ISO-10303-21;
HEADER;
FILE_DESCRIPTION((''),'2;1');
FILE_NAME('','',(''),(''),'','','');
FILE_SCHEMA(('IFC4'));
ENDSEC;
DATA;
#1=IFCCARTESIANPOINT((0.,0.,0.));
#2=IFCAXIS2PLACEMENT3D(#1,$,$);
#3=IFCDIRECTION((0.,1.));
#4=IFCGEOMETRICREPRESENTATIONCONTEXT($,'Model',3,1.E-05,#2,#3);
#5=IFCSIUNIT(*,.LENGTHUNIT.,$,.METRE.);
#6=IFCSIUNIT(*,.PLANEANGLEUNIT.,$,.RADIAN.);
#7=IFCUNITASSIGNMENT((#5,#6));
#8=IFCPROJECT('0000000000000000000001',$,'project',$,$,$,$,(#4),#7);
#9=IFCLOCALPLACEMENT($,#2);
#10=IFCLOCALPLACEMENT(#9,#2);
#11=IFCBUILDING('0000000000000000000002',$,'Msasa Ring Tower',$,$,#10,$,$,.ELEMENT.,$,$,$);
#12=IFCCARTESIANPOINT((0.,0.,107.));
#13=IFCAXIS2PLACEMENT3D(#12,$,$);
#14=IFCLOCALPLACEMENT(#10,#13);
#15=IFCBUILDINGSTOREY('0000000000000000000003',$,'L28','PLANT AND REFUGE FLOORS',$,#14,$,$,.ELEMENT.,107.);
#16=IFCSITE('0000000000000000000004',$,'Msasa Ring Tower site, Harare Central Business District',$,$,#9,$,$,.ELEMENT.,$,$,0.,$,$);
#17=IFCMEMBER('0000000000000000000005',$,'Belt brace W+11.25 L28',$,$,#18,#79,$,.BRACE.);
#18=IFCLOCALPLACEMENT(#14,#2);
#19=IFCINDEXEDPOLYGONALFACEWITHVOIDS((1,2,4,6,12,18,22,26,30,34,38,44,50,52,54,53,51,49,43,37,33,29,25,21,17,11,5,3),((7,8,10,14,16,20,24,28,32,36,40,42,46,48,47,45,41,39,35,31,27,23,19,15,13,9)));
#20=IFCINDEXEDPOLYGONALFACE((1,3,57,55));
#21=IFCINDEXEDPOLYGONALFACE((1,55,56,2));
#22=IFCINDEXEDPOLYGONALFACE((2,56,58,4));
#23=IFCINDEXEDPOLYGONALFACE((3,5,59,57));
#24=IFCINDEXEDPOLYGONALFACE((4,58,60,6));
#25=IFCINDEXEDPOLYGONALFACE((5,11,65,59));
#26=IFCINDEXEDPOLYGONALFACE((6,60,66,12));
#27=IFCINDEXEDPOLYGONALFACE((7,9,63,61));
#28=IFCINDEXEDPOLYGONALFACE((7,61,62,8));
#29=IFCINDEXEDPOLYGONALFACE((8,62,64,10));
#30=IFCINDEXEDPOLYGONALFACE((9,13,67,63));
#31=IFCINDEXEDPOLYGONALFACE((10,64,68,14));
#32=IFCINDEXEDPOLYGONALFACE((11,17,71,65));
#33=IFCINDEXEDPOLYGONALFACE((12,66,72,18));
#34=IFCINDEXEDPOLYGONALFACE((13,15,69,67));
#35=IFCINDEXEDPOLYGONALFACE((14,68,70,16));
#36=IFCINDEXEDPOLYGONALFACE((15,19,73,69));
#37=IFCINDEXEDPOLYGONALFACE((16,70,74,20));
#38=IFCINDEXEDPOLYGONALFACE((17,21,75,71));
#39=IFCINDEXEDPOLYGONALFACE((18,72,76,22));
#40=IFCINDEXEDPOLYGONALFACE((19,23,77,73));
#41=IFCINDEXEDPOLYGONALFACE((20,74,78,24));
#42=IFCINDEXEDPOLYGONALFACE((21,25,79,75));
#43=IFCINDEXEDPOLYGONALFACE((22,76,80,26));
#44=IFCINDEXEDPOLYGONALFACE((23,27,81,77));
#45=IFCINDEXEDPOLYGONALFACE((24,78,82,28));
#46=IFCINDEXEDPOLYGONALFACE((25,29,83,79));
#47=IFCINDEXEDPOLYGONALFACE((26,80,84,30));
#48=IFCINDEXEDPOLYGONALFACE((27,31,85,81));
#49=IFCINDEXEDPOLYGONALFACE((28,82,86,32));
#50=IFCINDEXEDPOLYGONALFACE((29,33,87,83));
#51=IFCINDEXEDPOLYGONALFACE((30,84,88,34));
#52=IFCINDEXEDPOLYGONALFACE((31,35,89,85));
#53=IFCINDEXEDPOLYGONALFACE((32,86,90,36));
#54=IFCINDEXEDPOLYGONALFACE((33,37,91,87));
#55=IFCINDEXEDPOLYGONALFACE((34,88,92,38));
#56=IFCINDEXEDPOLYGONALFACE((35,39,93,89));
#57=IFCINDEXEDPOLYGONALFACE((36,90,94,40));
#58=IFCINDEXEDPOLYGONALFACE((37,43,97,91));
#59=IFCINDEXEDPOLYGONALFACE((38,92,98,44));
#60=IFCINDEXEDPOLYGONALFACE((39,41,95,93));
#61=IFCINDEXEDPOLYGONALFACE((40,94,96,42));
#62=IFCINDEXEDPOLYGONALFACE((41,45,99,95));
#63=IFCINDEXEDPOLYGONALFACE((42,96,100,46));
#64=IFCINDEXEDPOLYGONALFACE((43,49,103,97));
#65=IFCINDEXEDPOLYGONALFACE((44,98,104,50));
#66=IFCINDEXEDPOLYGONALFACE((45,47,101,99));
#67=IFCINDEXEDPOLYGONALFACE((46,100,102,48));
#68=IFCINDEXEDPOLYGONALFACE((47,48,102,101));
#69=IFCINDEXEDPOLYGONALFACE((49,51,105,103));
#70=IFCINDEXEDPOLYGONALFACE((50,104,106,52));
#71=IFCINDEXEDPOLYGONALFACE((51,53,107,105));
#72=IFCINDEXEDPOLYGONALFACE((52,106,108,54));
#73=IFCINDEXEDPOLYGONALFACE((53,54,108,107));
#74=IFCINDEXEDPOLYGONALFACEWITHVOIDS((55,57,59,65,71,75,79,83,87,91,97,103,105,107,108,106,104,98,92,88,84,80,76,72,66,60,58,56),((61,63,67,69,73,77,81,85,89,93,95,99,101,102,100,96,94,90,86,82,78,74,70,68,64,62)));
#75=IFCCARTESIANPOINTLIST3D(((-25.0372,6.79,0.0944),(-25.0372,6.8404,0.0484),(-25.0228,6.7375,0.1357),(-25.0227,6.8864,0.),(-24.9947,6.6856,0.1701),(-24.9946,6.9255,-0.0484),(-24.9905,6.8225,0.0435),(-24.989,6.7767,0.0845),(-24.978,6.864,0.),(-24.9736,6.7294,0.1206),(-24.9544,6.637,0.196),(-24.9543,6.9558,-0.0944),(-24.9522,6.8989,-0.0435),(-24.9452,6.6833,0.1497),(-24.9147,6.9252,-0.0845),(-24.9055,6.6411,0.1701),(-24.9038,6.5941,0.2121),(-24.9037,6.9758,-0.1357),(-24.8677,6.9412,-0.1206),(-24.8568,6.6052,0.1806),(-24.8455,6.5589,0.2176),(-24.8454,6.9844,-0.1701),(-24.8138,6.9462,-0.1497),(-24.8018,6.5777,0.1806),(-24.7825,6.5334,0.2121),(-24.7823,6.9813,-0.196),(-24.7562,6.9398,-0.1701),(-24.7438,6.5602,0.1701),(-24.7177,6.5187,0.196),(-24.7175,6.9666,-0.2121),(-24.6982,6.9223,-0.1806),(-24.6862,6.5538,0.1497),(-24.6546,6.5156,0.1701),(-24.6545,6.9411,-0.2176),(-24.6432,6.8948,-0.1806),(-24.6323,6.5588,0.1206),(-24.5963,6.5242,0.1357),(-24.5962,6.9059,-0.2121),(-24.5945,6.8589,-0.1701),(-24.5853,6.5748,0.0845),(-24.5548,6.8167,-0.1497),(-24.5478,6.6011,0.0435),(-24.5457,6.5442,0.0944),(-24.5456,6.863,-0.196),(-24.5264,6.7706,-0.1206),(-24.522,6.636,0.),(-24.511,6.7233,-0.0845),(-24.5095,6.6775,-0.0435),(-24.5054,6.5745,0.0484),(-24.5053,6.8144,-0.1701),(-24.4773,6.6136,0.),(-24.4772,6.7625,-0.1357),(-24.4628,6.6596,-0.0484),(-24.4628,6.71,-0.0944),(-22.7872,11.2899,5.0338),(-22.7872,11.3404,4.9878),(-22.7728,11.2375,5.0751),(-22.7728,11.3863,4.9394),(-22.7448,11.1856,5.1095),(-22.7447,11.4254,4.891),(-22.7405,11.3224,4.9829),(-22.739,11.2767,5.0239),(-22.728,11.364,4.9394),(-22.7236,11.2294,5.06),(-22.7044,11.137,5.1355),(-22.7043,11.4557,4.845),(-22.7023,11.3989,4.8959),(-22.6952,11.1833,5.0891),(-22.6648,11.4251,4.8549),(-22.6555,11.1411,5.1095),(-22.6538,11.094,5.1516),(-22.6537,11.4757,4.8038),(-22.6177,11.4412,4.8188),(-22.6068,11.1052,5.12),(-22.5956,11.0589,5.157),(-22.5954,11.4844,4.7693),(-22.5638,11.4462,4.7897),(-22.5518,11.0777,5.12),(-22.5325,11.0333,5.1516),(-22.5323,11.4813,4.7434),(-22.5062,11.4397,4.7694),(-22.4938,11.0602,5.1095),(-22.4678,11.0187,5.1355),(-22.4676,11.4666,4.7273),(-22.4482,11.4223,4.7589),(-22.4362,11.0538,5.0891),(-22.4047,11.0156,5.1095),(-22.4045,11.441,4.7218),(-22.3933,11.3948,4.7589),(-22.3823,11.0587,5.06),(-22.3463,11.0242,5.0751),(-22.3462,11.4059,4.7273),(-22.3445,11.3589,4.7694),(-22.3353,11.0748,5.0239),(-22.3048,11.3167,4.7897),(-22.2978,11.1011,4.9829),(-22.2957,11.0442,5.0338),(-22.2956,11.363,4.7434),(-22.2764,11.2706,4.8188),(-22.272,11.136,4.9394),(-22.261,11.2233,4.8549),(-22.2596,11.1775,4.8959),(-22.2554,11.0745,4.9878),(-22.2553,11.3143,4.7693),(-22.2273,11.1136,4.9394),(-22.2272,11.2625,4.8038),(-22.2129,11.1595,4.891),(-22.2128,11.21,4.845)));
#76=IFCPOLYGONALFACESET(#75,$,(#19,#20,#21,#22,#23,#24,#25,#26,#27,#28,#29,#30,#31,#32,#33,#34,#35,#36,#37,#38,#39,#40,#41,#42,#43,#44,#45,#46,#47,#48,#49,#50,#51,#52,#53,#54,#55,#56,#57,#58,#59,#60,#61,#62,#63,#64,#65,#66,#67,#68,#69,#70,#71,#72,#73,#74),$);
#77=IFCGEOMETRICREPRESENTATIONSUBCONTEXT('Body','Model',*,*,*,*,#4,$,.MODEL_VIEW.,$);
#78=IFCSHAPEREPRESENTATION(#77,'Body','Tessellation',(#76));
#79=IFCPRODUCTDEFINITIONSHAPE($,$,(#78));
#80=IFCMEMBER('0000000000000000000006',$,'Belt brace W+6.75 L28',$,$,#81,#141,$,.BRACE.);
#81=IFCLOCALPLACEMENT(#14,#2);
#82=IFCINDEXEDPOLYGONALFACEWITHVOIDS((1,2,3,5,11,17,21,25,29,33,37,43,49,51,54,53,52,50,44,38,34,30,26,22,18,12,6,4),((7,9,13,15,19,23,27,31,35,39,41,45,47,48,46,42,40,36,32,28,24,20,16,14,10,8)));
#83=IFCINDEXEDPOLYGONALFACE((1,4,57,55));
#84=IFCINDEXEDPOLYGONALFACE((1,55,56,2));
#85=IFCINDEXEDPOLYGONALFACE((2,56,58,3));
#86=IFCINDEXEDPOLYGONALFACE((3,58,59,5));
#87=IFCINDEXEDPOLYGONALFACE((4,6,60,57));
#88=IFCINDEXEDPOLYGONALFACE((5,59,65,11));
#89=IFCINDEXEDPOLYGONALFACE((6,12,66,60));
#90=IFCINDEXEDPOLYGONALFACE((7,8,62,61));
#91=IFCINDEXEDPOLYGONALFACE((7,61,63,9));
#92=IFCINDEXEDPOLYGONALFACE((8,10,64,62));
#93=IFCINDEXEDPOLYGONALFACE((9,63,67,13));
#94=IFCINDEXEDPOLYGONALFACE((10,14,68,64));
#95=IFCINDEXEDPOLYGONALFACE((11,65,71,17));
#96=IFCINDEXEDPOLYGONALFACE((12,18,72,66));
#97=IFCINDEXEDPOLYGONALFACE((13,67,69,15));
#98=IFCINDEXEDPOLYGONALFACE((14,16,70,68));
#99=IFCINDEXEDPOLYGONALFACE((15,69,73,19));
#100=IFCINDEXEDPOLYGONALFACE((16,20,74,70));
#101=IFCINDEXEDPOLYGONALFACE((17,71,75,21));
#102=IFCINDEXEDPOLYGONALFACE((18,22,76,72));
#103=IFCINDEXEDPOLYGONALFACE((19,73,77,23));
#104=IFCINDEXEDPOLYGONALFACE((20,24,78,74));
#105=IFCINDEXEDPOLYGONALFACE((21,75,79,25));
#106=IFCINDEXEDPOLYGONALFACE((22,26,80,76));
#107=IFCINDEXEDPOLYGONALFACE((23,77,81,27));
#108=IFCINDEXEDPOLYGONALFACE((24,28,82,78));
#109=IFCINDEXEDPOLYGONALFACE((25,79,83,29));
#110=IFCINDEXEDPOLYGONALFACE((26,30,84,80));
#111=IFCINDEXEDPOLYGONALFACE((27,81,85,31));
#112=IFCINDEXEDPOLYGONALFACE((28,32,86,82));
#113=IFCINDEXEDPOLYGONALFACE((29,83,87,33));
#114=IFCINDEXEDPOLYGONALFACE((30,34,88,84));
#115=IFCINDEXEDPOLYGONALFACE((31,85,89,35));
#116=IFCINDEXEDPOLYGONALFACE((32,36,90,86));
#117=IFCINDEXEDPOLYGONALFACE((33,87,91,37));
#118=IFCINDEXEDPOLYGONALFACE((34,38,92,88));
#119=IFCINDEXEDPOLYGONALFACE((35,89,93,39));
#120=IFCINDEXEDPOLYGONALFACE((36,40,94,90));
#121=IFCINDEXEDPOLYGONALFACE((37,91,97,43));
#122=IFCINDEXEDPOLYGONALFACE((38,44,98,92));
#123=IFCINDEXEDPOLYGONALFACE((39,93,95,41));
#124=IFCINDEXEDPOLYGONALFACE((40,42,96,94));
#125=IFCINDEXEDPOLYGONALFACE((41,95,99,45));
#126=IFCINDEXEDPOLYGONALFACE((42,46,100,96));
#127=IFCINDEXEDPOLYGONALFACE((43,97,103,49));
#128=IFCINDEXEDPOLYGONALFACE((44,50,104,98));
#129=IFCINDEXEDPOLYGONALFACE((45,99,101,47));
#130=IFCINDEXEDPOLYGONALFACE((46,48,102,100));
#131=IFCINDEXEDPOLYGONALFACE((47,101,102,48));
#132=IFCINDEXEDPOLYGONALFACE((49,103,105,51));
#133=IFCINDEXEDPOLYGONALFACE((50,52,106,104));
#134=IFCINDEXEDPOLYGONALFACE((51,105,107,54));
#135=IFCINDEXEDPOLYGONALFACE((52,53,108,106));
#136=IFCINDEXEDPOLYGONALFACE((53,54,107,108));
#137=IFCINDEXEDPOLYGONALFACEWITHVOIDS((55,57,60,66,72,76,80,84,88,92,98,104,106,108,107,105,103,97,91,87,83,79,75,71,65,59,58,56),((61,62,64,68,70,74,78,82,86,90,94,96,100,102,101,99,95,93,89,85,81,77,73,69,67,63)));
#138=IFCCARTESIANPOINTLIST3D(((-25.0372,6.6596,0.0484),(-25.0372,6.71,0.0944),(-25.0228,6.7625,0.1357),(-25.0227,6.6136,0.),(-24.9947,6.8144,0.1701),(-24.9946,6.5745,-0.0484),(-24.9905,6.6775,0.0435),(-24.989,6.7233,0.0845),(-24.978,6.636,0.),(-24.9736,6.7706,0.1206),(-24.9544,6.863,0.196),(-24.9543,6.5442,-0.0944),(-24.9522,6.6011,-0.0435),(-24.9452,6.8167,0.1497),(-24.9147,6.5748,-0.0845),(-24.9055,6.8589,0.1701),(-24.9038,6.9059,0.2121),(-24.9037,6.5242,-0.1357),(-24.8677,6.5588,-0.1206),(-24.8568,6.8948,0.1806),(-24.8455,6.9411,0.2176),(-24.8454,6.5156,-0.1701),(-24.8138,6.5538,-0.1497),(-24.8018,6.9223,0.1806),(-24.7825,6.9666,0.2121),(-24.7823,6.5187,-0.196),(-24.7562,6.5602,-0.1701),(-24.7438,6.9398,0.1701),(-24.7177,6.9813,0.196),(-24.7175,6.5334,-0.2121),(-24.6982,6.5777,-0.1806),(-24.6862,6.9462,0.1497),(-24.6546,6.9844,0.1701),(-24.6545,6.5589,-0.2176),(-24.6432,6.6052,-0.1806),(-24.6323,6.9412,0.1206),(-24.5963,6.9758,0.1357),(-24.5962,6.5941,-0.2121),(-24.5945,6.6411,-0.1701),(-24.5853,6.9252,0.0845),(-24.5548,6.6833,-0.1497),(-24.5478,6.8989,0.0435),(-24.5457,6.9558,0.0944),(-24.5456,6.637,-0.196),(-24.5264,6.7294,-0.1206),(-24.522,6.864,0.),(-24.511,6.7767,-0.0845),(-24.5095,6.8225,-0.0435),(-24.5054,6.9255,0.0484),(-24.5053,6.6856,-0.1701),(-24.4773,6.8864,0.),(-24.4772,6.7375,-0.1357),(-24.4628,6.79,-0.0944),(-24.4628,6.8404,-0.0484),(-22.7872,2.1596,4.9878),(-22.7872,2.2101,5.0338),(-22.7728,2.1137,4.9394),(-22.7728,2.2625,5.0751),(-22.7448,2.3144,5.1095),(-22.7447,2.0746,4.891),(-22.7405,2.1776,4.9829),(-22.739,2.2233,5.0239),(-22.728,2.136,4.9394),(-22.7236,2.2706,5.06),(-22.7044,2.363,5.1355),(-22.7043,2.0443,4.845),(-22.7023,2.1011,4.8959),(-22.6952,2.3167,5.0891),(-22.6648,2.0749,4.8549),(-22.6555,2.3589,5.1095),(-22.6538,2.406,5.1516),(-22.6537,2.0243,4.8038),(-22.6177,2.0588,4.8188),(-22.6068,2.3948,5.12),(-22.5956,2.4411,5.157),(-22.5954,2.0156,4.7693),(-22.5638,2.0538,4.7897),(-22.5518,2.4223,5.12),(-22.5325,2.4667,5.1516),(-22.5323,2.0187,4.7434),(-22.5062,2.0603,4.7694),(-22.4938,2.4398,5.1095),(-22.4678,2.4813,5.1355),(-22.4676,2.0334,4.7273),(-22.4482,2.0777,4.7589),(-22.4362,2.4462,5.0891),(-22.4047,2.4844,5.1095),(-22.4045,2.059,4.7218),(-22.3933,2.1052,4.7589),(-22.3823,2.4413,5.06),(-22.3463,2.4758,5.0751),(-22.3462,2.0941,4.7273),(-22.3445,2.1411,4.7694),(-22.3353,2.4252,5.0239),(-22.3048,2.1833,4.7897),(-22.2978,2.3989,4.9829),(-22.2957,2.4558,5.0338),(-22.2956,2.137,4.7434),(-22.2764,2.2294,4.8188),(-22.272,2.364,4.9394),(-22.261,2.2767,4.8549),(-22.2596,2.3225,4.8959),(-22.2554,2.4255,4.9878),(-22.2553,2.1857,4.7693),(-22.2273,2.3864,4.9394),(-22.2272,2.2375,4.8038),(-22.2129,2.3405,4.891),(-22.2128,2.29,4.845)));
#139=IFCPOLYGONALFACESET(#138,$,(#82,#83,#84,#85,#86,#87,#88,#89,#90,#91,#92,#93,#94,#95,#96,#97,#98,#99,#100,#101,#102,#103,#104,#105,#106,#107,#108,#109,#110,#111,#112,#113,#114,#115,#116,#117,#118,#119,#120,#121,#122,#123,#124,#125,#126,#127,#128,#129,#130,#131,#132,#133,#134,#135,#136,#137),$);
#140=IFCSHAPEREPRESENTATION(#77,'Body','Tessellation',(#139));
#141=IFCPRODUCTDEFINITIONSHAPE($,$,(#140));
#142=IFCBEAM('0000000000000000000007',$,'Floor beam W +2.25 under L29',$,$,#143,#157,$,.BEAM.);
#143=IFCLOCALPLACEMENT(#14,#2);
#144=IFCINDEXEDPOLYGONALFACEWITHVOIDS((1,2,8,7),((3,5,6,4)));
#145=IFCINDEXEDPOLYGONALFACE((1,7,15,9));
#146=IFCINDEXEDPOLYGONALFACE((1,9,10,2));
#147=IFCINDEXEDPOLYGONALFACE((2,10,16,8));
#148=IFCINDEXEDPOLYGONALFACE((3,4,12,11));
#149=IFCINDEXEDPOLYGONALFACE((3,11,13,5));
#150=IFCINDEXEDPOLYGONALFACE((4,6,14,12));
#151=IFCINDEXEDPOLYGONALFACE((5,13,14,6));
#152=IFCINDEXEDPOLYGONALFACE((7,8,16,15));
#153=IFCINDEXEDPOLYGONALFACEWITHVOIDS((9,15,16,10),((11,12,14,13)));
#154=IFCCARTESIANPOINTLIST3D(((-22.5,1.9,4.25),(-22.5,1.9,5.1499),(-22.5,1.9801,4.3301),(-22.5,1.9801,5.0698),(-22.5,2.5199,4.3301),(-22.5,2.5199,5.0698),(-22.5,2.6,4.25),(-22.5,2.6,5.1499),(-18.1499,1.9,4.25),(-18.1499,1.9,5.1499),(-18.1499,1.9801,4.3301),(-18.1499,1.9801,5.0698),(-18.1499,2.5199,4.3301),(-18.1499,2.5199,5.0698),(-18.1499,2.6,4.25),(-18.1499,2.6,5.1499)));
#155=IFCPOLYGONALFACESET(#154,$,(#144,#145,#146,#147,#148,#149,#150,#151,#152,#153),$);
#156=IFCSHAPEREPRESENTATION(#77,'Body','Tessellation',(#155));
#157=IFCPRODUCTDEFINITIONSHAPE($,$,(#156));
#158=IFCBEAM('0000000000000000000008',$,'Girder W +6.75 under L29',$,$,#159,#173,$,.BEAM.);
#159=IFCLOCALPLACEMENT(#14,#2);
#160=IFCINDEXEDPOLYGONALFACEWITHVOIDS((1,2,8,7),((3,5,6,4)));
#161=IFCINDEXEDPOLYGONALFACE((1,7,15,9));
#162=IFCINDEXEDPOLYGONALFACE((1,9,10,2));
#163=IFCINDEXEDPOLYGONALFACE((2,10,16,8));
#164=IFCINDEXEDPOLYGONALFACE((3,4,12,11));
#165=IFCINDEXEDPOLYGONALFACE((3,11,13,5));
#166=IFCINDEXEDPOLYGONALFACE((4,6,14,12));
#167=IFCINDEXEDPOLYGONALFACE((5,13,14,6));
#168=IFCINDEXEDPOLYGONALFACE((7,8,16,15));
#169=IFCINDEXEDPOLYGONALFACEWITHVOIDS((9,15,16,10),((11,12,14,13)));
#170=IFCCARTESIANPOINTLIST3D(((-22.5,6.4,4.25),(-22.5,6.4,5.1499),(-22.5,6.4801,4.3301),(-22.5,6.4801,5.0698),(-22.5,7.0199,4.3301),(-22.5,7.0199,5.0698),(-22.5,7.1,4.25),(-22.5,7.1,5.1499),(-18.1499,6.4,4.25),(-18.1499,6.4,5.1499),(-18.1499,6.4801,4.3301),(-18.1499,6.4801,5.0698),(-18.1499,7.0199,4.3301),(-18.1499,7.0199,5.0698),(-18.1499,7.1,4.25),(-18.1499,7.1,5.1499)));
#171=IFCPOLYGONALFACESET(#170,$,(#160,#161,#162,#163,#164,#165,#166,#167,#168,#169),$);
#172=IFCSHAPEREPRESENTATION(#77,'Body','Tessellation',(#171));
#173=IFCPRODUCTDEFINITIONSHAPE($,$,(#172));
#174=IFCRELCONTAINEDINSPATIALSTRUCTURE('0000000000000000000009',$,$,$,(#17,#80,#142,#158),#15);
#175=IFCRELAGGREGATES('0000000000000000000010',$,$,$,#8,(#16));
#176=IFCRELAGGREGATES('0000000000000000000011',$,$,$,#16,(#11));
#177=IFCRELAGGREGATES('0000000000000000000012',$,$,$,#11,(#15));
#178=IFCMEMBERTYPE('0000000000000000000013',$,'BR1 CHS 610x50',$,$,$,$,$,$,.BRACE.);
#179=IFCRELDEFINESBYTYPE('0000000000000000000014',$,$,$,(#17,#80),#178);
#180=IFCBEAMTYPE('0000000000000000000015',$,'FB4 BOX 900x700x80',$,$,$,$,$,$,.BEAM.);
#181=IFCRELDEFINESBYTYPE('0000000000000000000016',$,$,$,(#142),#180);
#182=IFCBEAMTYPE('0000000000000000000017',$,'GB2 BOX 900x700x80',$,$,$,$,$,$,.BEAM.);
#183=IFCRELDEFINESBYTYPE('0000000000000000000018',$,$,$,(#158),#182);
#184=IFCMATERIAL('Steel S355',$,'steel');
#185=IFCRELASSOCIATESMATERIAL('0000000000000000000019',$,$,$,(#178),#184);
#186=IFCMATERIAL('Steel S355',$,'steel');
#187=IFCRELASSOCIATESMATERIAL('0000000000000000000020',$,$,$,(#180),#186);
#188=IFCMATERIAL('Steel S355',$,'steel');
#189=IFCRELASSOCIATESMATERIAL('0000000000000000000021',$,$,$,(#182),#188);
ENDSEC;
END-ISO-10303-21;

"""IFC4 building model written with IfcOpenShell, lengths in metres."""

from ifc_helpers import new_model, si_unit, direction, frame, origin, origin_2d, place, context, subcontext, project, spatial, hollow_rectangle, hollow_circle, extrude, material, material_profile, profile_set, type_object, element, save


model = new_model("IFC4")

# Units and contexts
model_context = context("Model", 3, precision=1e-05, world=origin(), true_north=direction((0.0, 1.0)))
body_context = subcontext(model_context, "Body", "Model", "MODEL_VIEW")
ifc_project = project(units=[si_unit("LENGTHUNIT", "METRE"), si_unit("PLANEANGLEUNIT", "RADIAN")], contexts=[model_context])

# Site, building, storey
site_placement = place(None, origin())
site = spatial("IfcSite", under=ifc_project, at=site_placement, Name="Msasa Ring Tower site, Harare Central Business District", CompositionType="ELEMENT", RefElevation=0.0)
building_placement = place(site_placement, origin())
building = spatial("IfcBuilding", under=site, at=building_placement, Name="Msasa Ring Tower", CompositionType="ELEMENT")
storey_placement = place(building_placement, frame((0.0, 0.0, 107.0)))
storey = spatial("IfcBuildingStorey", under=building, at=storey_placement, Name="L28", Description="PLANT AND REFUGE FLOORS", CompositionType="ELEMENT", Elevation=107.0)

# Members
ifc_material_1 = material(Name="Steel S355", Category="steel")
ifc_material_profile_1 = material_profile(ifc_material_1, hollow_circle(Radius=0.3049, WallThickness=0.05, at=origin_2d()), Name="CHS 610x50")
ifc_profile_set_1 = profile_set([ifc_material_profile_1], Name="Steel S355")
member_type = type_object("IfcMemberType", Name="BR1 CHS 610x50", PredefinedType="BRACE", material=ifc_profile_set_1)
for number, where, z_axis, x_axis, name in (
    (1, (-24.75, 6.75, 0.0), (0.319123, 0.638245, 0.700574), (-0.894427, 0.447214, 0.0), "Belt brace W+11.25 L28"),
    (2, (-24.75, 6.75, 0.0), (0.319123, -0.638245, 0.700574), (0.894427, 0.447214, 0.0), "Belt brace W+6.75 L28"),
):
    element("IfcMember", number, at=place(storey_placement, frame(where, z_axis=z_axis, x_axis=x_axis)), inside=storey, type_object=member_type, Name=name, PredefinedType="BRACE", context=body_context, shape_type="SweptSolid", body=[
        extrude(hollow_circle(Radius=0.3049, WallThickness=0.05, at=origin_2d()), origin(), (0.0, 0.0, 1.0), 7.0505),
    ])

# Beams
ifc_material_2 = material(Name="Steel S355", Category="steel")
ifc_material_profile_2 = material_profile(ifc_material_2, hollow_rectangle(XDim=0.7, YDim=0.8999, WallThickness=0.0801, at=origin_2d()), Name="BOX 900x700x80")
ifc_profile_set_2 = profile_set([ifc_material_profile_2], Name="Steel S355")
beam_type_1 = type_object("IfcBeamType", Name="FB4 BOX 900x700x80", PredefinedType="BEAM", material=ifc_profile_set_2)
beam_1_placement = place(storey_placement, frame((-22.5, 2.25, 4.7), z_axis=(1.0, 0.0, 0.0), x_axis=(0.0, 1.0, 0.0)))
element("IfcBeam", 3, at=beam_1_placement, inside=storey, type_object=beam_type_1, Name="Floor beam W +2.25 under L29", PredefinedType="BEAM", context=body_context, shape_type="SweptSolid", body=[
    extrude(hollow_rectangle(XDim=0.7, YDim=0.8999, WallThickness=0.0801, at=origin_2d()), origin(), (0.0, 0.0, 1.0), 4.3501),
])
ifc_material_3 = material(Name="Steel S355", Category="steel")
ifc_material_profile_3 = material_profile(ifc_material_3, hollow_rectangle(XDim=0.7, YDim=0.8999, WallThickness=0.0801, at=origin_2d()), Name="BOX 900x700x80")
ifc_profile_set_3 = profile_set([ifc_material_profile_3], Name="Steel S355")
beam_type_2 = type_object("IfcBeamType", Name="GB2 BOX 900x700x80", PredefinedType="BEAM", material=ifc_profile_set_3)
beam_2_placement = place(storey_placement, frame((-18.1499, 6.75, 4.7), z_axis=(-1.0, 0.0, 0.0), x_axis=(0.0, -1.0, 0.0)))
element("IfcBeam", 4, at=beam_2_placement, inside=storey, type_object=beam_type_2, Name="Girder W +6.75 under L29", PredefinedType="BEAM", context=body_context, shape_type="SweptSolid", body=[
    extrude(hollow_rectangle(XDim=0.7, YDim=0.8999, WallThickness=0.0801, at=origin_2d()), origin(), (0.0, 0.0, 1.0), 4.3501),
])

save(model, "model.ifc")
